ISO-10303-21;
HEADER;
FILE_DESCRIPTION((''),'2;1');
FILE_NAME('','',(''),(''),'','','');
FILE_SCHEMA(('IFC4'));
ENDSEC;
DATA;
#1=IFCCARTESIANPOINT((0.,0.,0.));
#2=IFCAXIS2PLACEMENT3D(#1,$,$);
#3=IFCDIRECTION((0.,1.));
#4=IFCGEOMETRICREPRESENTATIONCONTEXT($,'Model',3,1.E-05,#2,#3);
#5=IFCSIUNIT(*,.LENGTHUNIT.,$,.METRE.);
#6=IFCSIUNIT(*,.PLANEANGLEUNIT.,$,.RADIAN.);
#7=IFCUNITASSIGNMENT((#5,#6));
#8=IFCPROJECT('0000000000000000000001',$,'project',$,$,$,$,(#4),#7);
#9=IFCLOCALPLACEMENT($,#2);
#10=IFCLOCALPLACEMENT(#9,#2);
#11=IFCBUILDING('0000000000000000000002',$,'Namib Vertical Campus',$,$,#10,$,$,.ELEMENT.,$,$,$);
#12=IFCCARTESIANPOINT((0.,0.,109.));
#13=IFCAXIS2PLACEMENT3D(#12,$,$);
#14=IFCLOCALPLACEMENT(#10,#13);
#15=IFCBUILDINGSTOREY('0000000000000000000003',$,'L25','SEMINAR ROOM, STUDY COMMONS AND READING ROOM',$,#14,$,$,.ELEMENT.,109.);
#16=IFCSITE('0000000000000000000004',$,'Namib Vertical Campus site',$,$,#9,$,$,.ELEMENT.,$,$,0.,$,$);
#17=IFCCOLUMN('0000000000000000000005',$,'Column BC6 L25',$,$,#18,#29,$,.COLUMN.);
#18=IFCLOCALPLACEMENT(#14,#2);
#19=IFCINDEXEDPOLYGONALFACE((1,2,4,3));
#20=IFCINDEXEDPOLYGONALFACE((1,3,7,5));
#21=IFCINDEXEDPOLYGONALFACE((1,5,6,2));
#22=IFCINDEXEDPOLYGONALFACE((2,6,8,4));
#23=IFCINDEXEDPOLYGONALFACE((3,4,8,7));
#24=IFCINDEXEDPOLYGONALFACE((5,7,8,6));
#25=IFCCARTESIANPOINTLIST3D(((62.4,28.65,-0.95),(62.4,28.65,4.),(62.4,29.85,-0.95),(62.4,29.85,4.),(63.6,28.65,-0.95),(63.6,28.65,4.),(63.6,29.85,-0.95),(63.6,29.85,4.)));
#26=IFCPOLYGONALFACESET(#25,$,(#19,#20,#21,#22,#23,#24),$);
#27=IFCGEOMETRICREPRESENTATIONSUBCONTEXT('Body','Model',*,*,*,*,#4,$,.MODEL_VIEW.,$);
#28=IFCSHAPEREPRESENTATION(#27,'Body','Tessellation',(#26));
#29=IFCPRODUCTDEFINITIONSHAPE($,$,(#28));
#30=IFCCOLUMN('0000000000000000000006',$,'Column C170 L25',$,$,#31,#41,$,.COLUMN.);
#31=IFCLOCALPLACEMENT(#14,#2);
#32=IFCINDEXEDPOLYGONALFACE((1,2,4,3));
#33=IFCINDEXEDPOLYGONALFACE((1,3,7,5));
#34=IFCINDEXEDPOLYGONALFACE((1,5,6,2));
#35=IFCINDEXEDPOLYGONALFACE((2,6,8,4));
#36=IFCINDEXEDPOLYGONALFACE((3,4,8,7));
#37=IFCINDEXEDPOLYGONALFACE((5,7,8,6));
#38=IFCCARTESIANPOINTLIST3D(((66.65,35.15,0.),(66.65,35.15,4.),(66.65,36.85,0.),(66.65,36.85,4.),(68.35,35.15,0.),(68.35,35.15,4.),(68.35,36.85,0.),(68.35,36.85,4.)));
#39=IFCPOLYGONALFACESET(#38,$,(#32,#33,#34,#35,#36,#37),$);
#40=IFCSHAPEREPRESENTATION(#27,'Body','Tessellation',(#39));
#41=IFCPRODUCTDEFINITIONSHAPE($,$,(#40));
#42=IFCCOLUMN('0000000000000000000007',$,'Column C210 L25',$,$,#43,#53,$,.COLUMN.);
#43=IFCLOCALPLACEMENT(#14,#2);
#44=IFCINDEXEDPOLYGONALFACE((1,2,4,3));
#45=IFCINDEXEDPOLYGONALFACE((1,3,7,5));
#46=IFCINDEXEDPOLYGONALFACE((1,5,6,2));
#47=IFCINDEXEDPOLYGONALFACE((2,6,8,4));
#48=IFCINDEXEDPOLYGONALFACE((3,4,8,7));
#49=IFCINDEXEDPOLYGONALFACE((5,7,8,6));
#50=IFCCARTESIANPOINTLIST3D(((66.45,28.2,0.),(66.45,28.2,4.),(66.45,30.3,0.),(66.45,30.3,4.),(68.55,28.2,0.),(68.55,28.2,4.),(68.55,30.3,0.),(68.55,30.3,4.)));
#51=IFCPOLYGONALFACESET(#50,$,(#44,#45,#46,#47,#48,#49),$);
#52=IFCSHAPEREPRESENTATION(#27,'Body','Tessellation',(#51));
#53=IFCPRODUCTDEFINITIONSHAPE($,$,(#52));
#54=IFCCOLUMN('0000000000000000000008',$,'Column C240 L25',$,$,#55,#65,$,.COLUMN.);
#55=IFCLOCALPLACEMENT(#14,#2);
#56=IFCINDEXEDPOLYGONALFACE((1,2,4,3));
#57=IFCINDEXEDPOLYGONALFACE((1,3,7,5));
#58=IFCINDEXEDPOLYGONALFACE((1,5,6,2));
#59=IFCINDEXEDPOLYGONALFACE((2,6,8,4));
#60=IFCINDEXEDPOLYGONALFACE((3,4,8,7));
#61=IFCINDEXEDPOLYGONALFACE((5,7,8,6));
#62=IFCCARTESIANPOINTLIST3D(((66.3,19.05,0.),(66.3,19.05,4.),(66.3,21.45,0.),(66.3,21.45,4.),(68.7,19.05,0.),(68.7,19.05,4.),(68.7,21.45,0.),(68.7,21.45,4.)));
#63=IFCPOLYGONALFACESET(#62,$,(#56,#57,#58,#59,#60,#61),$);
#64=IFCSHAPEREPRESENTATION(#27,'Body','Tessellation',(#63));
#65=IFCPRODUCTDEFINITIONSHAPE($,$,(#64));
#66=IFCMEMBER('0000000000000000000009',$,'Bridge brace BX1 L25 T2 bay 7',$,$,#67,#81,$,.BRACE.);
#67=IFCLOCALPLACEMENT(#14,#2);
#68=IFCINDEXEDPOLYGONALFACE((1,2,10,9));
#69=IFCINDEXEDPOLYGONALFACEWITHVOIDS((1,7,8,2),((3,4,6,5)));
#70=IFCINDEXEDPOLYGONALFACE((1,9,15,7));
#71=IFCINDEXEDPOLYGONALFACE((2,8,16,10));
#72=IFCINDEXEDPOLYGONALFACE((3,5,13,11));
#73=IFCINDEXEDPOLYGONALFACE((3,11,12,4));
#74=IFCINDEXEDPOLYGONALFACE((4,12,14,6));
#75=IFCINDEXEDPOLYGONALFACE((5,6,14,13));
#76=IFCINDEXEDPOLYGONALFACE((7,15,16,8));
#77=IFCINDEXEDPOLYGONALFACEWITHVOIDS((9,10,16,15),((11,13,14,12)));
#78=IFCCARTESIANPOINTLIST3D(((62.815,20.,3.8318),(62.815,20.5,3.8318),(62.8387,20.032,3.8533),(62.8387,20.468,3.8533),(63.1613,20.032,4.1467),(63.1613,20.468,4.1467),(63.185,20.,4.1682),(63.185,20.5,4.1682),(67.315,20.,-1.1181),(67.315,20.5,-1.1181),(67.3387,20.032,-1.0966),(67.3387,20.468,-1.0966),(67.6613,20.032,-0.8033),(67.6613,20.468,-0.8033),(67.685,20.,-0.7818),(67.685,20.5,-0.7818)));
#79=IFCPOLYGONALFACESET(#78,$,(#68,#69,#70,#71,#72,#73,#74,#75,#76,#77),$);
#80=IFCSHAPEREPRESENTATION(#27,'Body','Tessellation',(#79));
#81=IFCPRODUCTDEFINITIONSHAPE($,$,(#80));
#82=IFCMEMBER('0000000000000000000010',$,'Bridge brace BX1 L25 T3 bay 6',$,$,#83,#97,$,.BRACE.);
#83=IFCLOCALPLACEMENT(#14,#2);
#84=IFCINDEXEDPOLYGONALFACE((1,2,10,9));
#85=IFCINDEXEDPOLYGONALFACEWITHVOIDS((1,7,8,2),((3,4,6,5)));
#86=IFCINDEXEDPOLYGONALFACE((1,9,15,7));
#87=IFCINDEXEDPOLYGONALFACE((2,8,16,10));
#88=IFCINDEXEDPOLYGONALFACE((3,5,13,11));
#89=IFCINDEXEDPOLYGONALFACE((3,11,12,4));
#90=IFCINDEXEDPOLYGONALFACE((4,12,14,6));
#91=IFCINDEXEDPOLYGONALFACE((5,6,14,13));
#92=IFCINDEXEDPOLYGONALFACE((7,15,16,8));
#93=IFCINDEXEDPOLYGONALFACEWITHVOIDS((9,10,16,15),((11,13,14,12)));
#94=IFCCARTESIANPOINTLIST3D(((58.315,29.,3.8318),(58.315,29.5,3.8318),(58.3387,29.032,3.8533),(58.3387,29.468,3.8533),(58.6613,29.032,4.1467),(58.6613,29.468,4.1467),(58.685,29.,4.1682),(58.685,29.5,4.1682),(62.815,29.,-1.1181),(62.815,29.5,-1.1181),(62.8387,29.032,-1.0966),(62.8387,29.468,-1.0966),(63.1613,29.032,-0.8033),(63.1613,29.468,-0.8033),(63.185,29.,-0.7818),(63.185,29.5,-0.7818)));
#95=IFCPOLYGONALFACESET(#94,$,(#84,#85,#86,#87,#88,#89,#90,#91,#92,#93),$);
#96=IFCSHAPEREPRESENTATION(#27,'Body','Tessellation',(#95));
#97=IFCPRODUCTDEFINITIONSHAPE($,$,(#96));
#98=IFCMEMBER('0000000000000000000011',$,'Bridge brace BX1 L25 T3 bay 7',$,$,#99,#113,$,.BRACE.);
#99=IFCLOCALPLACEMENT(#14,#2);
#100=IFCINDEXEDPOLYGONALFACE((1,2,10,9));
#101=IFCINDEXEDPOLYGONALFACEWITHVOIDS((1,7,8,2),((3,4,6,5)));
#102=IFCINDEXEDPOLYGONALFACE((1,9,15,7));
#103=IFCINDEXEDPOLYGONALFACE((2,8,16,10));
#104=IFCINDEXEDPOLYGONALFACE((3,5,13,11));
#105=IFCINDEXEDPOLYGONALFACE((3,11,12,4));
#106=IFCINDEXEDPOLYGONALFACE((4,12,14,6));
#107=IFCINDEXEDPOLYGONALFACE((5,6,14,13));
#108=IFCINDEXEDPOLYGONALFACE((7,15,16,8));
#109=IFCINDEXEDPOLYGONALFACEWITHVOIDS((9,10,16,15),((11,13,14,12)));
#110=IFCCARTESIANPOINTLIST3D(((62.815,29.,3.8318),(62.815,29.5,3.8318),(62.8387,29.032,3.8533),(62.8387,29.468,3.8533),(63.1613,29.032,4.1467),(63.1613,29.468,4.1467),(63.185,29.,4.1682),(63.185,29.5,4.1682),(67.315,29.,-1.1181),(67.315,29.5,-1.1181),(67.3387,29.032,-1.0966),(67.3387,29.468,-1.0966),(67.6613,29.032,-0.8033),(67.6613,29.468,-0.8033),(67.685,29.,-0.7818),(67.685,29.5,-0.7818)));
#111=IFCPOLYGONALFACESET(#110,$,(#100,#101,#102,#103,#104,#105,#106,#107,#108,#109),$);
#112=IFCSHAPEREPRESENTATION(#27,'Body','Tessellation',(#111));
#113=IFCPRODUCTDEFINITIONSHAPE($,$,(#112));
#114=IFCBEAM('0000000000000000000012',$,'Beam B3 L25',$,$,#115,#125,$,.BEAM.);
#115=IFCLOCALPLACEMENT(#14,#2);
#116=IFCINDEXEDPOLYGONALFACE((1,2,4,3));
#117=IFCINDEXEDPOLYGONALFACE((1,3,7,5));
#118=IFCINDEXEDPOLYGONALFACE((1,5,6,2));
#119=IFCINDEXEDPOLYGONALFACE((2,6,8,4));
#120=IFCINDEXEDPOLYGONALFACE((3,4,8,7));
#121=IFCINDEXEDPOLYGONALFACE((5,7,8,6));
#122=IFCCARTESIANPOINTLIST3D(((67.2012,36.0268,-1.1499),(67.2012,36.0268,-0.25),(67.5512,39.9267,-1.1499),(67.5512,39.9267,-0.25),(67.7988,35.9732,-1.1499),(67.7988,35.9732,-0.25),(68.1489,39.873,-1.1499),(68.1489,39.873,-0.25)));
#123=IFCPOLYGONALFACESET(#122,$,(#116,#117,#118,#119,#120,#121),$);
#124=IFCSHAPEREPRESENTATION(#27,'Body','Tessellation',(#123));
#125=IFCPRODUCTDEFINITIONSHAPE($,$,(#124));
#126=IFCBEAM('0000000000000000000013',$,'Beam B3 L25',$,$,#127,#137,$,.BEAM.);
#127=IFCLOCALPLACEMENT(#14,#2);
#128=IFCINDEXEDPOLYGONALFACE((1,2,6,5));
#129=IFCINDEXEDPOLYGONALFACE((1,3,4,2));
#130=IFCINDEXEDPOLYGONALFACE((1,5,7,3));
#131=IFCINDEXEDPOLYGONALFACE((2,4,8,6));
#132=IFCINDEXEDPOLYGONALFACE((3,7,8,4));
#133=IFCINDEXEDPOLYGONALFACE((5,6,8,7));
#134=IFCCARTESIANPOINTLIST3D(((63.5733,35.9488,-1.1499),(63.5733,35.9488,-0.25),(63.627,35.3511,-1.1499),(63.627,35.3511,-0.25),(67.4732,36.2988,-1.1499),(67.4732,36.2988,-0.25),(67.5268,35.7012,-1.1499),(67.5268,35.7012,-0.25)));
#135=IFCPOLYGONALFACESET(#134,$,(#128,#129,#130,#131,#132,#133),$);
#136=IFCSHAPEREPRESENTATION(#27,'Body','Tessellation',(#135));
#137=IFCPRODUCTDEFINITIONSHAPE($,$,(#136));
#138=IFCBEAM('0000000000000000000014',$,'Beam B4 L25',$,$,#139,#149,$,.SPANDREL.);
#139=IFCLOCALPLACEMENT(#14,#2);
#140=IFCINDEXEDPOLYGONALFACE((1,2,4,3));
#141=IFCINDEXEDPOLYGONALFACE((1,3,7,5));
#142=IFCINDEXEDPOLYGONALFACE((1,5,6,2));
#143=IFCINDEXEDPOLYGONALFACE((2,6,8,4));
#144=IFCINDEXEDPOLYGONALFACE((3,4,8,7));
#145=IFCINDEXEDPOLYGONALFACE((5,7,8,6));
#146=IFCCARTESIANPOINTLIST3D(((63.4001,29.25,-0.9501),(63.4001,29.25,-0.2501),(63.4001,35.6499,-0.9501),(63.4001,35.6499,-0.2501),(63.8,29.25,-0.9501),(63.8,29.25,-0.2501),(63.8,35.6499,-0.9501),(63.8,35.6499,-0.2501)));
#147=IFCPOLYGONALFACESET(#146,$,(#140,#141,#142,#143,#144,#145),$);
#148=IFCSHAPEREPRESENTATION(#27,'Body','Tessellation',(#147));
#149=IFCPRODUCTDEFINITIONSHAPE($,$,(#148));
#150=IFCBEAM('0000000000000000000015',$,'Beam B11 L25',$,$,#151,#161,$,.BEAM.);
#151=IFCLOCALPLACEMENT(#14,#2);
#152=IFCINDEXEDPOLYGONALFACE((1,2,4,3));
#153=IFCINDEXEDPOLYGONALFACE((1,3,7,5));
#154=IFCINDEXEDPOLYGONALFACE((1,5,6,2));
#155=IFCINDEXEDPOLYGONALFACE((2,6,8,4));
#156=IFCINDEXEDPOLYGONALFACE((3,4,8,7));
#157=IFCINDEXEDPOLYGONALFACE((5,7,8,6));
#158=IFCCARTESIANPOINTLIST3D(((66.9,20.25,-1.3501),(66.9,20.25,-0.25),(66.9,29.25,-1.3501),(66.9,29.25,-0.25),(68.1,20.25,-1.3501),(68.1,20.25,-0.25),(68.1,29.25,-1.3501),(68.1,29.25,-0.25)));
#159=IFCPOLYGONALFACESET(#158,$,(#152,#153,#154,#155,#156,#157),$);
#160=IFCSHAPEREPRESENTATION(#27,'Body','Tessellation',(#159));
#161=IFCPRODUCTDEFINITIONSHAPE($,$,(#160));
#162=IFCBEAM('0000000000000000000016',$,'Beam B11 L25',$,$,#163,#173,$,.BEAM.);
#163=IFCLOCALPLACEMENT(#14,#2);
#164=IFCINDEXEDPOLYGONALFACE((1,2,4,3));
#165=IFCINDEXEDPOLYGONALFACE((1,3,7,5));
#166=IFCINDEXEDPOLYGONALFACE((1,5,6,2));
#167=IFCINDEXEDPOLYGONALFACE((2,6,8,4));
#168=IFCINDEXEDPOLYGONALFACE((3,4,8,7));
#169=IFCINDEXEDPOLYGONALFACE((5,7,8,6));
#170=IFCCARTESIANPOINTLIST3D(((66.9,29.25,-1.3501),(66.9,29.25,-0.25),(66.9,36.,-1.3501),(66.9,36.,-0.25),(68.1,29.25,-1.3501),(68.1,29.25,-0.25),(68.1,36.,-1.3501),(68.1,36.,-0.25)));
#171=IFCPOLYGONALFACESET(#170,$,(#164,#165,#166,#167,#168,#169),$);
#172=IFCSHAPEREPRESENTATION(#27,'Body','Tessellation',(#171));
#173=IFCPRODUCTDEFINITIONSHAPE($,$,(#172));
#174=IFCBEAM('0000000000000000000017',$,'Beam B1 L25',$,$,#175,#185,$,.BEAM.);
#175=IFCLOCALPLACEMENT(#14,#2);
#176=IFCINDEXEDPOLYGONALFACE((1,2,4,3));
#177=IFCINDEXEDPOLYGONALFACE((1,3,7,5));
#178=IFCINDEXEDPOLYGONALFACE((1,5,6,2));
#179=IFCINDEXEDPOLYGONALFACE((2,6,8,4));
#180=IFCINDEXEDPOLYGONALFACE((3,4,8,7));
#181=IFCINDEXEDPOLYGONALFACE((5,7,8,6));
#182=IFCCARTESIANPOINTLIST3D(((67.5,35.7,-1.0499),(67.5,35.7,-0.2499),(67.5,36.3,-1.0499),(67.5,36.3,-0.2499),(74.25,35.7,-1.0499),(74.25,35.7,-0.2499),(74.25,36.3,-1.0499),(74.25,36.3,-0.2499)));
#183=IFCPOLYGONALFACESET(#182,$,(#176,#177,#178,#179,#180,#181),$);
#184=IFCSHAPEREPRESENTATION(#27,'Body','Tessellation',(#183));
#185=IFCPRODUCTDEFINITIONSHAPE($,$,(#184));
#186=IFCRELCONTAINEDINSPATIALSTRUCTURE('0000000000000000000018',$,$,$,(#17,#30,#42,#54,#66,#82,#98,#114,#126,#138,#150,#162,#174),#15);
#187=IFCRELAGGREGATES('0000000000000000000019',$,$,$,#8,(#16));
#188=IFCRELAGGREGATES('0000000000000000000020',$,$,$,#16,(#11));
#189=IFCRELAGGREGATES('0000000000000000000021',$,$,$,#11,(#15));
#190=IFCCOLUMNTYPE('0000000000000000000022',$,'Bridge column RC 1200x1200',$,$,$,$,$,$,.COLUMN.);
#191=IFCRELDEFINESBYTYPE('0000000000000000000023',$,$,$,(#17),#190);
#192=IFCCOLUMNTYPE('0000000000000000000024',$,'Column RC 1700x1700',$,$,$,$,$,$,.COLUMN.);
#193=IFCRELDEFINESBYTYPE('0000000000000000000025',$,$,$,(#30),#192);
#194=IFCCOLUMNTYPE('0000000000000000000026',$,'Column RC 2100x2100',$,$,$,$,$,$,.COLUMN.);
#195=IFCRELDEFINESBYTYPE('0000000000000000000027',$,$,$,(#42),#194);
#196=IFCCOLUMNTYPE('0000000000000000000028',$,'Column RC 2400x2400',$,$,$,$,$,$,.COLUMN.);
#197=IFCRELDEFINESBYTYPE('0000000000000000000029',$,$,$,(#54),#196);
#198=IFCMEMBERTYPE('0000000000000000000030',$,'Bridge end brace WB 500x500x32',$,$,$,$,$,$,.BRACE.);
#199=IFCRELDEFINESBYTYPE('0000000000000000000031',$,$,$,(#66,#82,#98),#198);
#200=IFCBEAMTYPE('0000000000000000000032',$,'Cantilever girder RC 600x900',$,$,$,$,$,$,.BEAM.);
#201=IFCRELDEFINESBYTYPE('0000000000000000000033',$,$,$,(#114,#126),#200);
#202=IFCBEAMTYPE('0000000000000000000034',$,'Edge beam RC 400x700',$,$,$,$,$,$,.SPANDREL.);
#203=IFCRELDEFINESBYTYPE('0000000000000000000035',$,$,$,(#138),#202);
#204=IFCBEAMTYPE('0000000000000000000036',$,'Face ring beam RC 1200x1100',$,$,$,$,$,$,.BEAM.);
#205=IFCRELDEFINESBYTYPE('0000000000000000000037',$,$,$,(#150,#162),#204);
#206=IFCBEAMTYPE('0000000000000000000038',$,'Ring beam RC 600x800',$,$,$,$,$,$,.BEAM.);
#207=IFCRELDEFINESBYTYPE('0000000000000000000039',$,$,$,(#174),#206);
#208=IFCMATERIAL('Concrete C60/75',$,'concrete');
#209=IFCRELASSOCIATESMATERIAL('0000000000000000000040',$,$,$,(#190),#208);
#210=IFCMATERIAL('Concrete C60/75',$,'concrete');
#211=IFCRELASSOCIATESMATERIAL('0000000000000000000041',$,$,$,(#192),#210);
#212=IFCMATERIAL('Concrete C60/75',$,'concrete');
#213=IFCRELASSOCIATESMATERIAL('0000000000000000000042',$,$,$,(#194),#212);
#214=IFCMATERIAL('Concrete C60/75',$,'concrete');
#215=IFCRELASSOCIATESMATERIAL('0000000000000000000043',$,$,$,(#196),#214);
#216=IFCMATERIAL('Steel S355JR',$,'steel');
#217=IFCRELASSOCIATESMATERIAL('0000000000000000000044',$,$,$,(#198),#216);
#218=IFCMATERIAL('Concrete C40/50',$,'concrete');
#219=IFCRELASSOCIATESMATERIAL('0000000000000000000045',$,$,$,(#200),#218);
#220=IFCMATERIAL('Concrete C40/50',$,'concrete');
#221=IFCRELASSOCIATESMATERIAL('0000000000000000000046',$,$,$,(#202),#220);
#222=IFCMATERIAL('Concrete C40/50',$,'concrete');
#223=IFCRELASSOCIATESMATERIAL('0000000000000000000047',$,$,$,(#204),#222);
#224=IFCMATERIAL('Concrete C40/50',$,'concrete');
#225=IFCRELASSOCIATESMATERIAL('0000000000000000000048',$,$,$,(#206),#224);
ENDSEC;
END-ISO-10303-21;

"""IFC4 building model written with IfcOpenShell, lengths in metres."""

from ifc_helpers import new_model, si_unit, direction, frame, origin, origin_2d, place, context, subcontext, project, spatial, rectangle, hollow_rectangle, extrude, material, material_profile, profile_set, type_object, element, save


model = new_model("IFC4")

# Units and contexts
model_context = context("Model", 3, precision=1e-05, world=origin(), true_north=direction((0.0, 1.0)))
body_context = subcontext(model_context, "Body", "Model", "MODEL_VIEW")
ifc_project = project(units=[si_unit("LENGTHUNIT", "METRE"), si_unit("PLANEANGLEUNIT", "RADIAN")], contexts=[model_context])

# Site, building, storey
site_placement = place(None, origin())
site = spatial("IfcSite", under=ifc_project, at=site_placement, Name="Namib Vertical Campus site", CompositionType="ELEMENT", RefElevation=0.0)
building_placement = place(site_placement, origin())
building = spatial("IfcBuilding", under=site, at=building_placement, Name="Namib Vertical Campus", CompositionType="ELEMENT")
storey_placement = place(building_placement, frame((0.0, 0.0, 109.0)))
storey = spatial("IfcBuildingStorey", under=building, at=storey_placement, Name="L25", Description="SEMINAR ROOM, STUDY COMMONS AND READING ROOM", CompositionType="ELEMENT", Elevation=109.0)

# Columns
ifc_material_1 = material(Name="Concrete C60/75", Category="concrete")
ifc_material_profile_1 = material_profile(ifc_material_1, rectangle(XDim=1.2, YDim=1.2, at=origin_2d()))
ifc_profile_set_1 = profile_set([ifc_material_profile_1], Name="Concrete C60/75")
column_type_1 = type_object("IfcColumnType", Name="Bridge column RC 1200x1200", PredefinedType="COLUMN", material=ifc_profile_set_1)
column_1_placement = place(storey_placement, frame((63.0, 29.25, -0.95), z_axis=(0.0, 0.0, 1.0), x_axis=(1.0, 0.0, 0.0)))
element("IfcColumn", 1, at=column_1_placement, inside=storey, type_object=column_type_1, Name="Column BC6 L25", PredefinedType="COLUMN", context=body_context, shape_type="SweptSolid", body=[
    extrude(rectangle(XDim=1.2, YDim=1.2, at=origin_2d()), origin(), (0.0, 0.0, 1.0), 4.95),
])
ifc_material_2 = material(Name="Concrete C60/75", Category="concrete")
ifc_material_profile_2 = material_profile(ifc_material_2, rectangle(XDim=1.7, YDim=1.7, at=origin_2d()))
ifc_profile_set_2 = profile_set([ifc_material_profile_2], Name="Concrete C60/75")
column_type_2 = type_object("IfcColumnType", Name="Column RC 1700x1700", PredefinedType="COLUMN", material=ifc_profile_set_2)
column_2_placement = place(storey_placement, frame((67.5, 36.0, 0.0), z_axis=(0.0, 0.0, 1.0), x_axis=(1.0, 0.0, 0.0)))
element("IfcColumn", 2, at=column_2_placement, inside=storey, type_object=column_type_2, Name="Column C170 L25", PredefinedType="COLUMN", context=body_context, shape_type="SweptSolid", body=[
    extrude(rectangle(XDim=1.7, YDim=1.7, at=origin_2d()), origin(), (0.0, 0.0, 1.0), 4.0),
])
ifc_material_3 = material(Name="Concrete C60/75", Category="concrete")
ifc_material_profile_3 = material_profile(ifc_material_3, rectangle(XDim=2.1001, YDim=2.1001, at=origin_2d()))
ifc_profile_set_3 = profile_set([ifc_material_profile_3], Name="Concrete C60/75")
column_type_3 = type_object("IfcColumnType", Name="Column RC 2100x2100", PredefinedType="COLUMN", material=ifc_profile_set_3)
column_3_placement = place(storey_placement, frame((67.5, 29.25, 0.0), z_axis=(0.0, 0.0, 1.0), x_axis=(1.0, 0.0, 0.0)))
element("IfcColumn", 3, at=column_3_placement, inside=storey, type_object=column_type_3, Name="Column C210 L25", PredefinedType="COLUMN", context=body_context, shape_type="SweptSolid", body=[
    extrude(rectangle(XDim=2.1001, YDim=2.1001, at=origin_2d()), origin(), (0.0, 0.0, 1.0), 4.0),
])
ifc_material_4 = material(Name="Concrete C60/75", Category="concrete")
ifc_material_profile_4 = material_profile(ifc_material_4, rectangle(XDim=2.3999, YDim=2.3999, at=origin_2d()))
ifc_profile_set_4 = profile_set([ifc_material_profile_4], Name="Concrete C60/75")
column_type_4 = type_object("IfcColumnType", Name="Column RC 2400x2400", PredefinedType="COLUMN", material=ifc_profile_set_4)
column_4_placement = place(storey_placement, frame((67.5, 20.25, 0.0), z_axis=(0.0, 0.0, 1.0), x_axis=(1.0, 0.0, 0.0)))
element("IfcColumn", 4, at=column_4_placement, inside=storey, type_object=column_type_4, Name="Column C240 L25", PredefinedType="COLUMN", context=body_context, shape_type="SweptSolid", body=[
    extrude(rectangle(XDim=2.3999, YDim=2.3999, at=origin_2d()), origin(), (0.0, 0.0, 1.0), 4.0),
])

# Members
ifc_material_5 = material(Name="Steel S355JR", Category="steel")
ifc_material_profile_5 = material_profile(ifc_material_5, hollow_rectangle(XDim=0.5, YDim=0.5, WallThickness=0.032, at=origin_2d()))
ifc_profile_set_5 = profile_set([ifc_material_profile_5], Name="Steel S355JR")
member_type_1 = type_object("IfcMemberType", Name="Bridge end brace WB 500x500x32", PredefinedType="BRACE", material=ifc_profile_set_5)
for number, where, z_axis, x_axis, name in (
    (5, (67.5, 20.25, -0.95), (-0.672676, 0.0, 0.739937), (0.0, -1.0, 0.0), "Bridge brace BX1 L25 T2 bay 7"),
    (6, (63.0, 29.25, -0.95), (-0.672676, 0.0, 0.739937), (0.0, -1.0, 0.0), "Bridge brace BX1 L25 T3 bay 6"),
    (7, (67.5, 29.25, -0.95), (-0.672676, 0.0, 0.739937), (0.0, -1.0, 0.0), "Bridge brace BX1 L25 T3 bay 7"),
):
    element("IfcMember", number, at=place(storey_placement, frame(where, z_axis=z_axis, x_axis=x_axis)), inside=storey, type_object=member_type_1, Name=name, PredefinedType="BRACE", context=body_context, shape_type="SweptSolid", body=[
        extrude(hollow_rectangle(XDim=0.5, YDim=0.5, WallThickness=0.032, at=origin_2d()), origin(), (0.0, 0.0, 1.0), 6.6897),
    ])

# Beams
ifc_material_6 = material(Name="Concrete C40/50", Category="concrete")
ifc_material_profile_6 = material_profile(ifc_material_6, rectangle(XDim=0.6001, YDim=0.8999, at=origin_2d()))
ifc_profile_set_6 = profile_set([ifc_material_profile_6], Name="Concrete C40/50")
beam_type_1 = type_object("IfcBeamType", Name="Cantilever girder RC 600x900", PredefinedType="BEAM", material=ifc_profile_set_6)
for number, where, z_axis, x_axis, name in (
    (8, (67.5, 36.0, -0.7), (0.089411, 0.995995, 0.0), (-0.995995, 0.089411, 0.0), "Beam B3 L25"),
    (9, (67.5, 36.0, -0.7), (-0.995995, -0.089411, 0.0), (0.089411, -0.995995, 0.0), "Beam B3 L25"),
):
    element("IfcBeam", number, at=place(storey_placement, frame(where, z_axis=z_axis, x_axis=x_axis)), inside=storey, type_object=beam_type_1, Name=name, PredefinedType="BEAM", context=body_context, shape_type="SweptSolid", body=[
        extrude(rectangle(XDim=0.6001, YDim=0.8999, at=origin_2d()), origin(), (0.0, 0.0, 1.0), 3.9155),
    ])
ifc_material_7 = material(Name="Concrete C40/50", Category="concrete")
ifc_material_profile_7 = material_profile(ifc_material_7, rectangle(XDim=0.3999, YDim=0.7, at=origin_2d()))
ifc_profile_set_7 = profile_set([ifc_material_profile_7], Name="Concrete C40/50")
beam_type_2 = type_object("IfcBeamType", Name="Edge beam RC 400x700", PredefinedType="SPANDREL", material=ifc_profile_set_7)
beam_1_placement = place(storey_placement, frame((63.6001, 29.25, -0.6001), z_axis=(0.0, 1.0, 0.0), x_axis=(-1.0, 0.0, 0.0)))
element("IfcBeam", 10, at=beam_1_placement, inside=storey, type_object=beam_type_2, Name="Beam B4 L25", PredefinedType="SPANDREL", context=body_context, shape_type="SweptSolid", body=[
    extrude(rectangle(XDim=0.3999, YDim=0.7, at=origin_2d()), origin(), (0.0, 0.0, 1.0), 6.3999),
])
ifc_material_8 = material(Name="Concrete C40/50", Category="concrete")
ifc_material_profile_8 = material_profile(ifc_material_8, rectangle(XDim=1.2, YDim=1.1001, at=origin_2d()))
ifc_profile_set_8 = profile_set([ifc_material_profile_8], Name="Concrete C40/50")
beam_type_3 = type_object("IfcBeamType", Name="Face ring beam RC 1200x1100", PredefinedType="BEAM", material=ifc_profile_set_8)
beam_2_placement = place(storey_placement, frame((67.5, 20.25, -0.8), z_axis=(0.0, 1.0, 0.0), x_axis=(-1.0, 0.0, 0.0)))
element("IfcBeam", 11, at=beam_2_placement, inside=storey, type_object=beam_type_3, Name="Beam B11 L25", PredefinedType="BEAM", context=body_context, shape_type="SweptSolid", body=[
    extrude(rectangle(XDim=1.2, YDim=1.1001, at=origin_2d()), origin(), (0.0, 0.0, 1.0), 9.0),
])
beam_3_placement = place(storey_placement, frame((67.5, 29.25, -0.8), z_axis=(0.0, 1.0, 0.0), x_axis=(-1.0, 0.0, 0.0)))
element("IfcBeam", 12, at=beam_3_placement, inside=storey, type_object=beam_type_3, Name="Beam B11 L25", PredefinedType="BEAM", context=body_context, shape_type="SweptSolid", body=[
    extrude(rectangle(XDim=1.2, YDim=1.1001, at=origin_2d()), origin(), (0.0, 0.0, 1.0), 6.75),
])
ifc_material_9 = material(Name="Concrete C40/50", Category="concrete")
ifc_material_profile_9 = material_profile(ifc_material_9, rectangle(XDim=0.6001, YDim=0.8, at=origin_2d()))
ifc_profile_set_9 = profile_set([ifc_material_profile_9], Name="Concrete C40/50")
beam_type_4 = type_object("IfcBeamType", Name="Ring beam RC 600x800", PredefinedType="BEAM", material=ifc_profile_set_9)
beam_4_placement = place(storey_placement, frame((67.5, 36.0, -0.6499), z_axis=(1.0, 0.0, 0.0), x_axis=(0.0, 1.0, 0.0)))
element("IfcBeam", 13, at=beam_4_placement, inside=storey, type_object=beam_type_4, Name="Beam B1 L25", PredefinedType="BEAM", context=body_context, shape_type="SweptSolid", body=[
    extrude(rectangle(XDim=0.6001, YDim=0.8, at=origin_2d()), origin(), (0.0, 0.0, 1.0), 6.75),
])

save(model, "model.ifc")
